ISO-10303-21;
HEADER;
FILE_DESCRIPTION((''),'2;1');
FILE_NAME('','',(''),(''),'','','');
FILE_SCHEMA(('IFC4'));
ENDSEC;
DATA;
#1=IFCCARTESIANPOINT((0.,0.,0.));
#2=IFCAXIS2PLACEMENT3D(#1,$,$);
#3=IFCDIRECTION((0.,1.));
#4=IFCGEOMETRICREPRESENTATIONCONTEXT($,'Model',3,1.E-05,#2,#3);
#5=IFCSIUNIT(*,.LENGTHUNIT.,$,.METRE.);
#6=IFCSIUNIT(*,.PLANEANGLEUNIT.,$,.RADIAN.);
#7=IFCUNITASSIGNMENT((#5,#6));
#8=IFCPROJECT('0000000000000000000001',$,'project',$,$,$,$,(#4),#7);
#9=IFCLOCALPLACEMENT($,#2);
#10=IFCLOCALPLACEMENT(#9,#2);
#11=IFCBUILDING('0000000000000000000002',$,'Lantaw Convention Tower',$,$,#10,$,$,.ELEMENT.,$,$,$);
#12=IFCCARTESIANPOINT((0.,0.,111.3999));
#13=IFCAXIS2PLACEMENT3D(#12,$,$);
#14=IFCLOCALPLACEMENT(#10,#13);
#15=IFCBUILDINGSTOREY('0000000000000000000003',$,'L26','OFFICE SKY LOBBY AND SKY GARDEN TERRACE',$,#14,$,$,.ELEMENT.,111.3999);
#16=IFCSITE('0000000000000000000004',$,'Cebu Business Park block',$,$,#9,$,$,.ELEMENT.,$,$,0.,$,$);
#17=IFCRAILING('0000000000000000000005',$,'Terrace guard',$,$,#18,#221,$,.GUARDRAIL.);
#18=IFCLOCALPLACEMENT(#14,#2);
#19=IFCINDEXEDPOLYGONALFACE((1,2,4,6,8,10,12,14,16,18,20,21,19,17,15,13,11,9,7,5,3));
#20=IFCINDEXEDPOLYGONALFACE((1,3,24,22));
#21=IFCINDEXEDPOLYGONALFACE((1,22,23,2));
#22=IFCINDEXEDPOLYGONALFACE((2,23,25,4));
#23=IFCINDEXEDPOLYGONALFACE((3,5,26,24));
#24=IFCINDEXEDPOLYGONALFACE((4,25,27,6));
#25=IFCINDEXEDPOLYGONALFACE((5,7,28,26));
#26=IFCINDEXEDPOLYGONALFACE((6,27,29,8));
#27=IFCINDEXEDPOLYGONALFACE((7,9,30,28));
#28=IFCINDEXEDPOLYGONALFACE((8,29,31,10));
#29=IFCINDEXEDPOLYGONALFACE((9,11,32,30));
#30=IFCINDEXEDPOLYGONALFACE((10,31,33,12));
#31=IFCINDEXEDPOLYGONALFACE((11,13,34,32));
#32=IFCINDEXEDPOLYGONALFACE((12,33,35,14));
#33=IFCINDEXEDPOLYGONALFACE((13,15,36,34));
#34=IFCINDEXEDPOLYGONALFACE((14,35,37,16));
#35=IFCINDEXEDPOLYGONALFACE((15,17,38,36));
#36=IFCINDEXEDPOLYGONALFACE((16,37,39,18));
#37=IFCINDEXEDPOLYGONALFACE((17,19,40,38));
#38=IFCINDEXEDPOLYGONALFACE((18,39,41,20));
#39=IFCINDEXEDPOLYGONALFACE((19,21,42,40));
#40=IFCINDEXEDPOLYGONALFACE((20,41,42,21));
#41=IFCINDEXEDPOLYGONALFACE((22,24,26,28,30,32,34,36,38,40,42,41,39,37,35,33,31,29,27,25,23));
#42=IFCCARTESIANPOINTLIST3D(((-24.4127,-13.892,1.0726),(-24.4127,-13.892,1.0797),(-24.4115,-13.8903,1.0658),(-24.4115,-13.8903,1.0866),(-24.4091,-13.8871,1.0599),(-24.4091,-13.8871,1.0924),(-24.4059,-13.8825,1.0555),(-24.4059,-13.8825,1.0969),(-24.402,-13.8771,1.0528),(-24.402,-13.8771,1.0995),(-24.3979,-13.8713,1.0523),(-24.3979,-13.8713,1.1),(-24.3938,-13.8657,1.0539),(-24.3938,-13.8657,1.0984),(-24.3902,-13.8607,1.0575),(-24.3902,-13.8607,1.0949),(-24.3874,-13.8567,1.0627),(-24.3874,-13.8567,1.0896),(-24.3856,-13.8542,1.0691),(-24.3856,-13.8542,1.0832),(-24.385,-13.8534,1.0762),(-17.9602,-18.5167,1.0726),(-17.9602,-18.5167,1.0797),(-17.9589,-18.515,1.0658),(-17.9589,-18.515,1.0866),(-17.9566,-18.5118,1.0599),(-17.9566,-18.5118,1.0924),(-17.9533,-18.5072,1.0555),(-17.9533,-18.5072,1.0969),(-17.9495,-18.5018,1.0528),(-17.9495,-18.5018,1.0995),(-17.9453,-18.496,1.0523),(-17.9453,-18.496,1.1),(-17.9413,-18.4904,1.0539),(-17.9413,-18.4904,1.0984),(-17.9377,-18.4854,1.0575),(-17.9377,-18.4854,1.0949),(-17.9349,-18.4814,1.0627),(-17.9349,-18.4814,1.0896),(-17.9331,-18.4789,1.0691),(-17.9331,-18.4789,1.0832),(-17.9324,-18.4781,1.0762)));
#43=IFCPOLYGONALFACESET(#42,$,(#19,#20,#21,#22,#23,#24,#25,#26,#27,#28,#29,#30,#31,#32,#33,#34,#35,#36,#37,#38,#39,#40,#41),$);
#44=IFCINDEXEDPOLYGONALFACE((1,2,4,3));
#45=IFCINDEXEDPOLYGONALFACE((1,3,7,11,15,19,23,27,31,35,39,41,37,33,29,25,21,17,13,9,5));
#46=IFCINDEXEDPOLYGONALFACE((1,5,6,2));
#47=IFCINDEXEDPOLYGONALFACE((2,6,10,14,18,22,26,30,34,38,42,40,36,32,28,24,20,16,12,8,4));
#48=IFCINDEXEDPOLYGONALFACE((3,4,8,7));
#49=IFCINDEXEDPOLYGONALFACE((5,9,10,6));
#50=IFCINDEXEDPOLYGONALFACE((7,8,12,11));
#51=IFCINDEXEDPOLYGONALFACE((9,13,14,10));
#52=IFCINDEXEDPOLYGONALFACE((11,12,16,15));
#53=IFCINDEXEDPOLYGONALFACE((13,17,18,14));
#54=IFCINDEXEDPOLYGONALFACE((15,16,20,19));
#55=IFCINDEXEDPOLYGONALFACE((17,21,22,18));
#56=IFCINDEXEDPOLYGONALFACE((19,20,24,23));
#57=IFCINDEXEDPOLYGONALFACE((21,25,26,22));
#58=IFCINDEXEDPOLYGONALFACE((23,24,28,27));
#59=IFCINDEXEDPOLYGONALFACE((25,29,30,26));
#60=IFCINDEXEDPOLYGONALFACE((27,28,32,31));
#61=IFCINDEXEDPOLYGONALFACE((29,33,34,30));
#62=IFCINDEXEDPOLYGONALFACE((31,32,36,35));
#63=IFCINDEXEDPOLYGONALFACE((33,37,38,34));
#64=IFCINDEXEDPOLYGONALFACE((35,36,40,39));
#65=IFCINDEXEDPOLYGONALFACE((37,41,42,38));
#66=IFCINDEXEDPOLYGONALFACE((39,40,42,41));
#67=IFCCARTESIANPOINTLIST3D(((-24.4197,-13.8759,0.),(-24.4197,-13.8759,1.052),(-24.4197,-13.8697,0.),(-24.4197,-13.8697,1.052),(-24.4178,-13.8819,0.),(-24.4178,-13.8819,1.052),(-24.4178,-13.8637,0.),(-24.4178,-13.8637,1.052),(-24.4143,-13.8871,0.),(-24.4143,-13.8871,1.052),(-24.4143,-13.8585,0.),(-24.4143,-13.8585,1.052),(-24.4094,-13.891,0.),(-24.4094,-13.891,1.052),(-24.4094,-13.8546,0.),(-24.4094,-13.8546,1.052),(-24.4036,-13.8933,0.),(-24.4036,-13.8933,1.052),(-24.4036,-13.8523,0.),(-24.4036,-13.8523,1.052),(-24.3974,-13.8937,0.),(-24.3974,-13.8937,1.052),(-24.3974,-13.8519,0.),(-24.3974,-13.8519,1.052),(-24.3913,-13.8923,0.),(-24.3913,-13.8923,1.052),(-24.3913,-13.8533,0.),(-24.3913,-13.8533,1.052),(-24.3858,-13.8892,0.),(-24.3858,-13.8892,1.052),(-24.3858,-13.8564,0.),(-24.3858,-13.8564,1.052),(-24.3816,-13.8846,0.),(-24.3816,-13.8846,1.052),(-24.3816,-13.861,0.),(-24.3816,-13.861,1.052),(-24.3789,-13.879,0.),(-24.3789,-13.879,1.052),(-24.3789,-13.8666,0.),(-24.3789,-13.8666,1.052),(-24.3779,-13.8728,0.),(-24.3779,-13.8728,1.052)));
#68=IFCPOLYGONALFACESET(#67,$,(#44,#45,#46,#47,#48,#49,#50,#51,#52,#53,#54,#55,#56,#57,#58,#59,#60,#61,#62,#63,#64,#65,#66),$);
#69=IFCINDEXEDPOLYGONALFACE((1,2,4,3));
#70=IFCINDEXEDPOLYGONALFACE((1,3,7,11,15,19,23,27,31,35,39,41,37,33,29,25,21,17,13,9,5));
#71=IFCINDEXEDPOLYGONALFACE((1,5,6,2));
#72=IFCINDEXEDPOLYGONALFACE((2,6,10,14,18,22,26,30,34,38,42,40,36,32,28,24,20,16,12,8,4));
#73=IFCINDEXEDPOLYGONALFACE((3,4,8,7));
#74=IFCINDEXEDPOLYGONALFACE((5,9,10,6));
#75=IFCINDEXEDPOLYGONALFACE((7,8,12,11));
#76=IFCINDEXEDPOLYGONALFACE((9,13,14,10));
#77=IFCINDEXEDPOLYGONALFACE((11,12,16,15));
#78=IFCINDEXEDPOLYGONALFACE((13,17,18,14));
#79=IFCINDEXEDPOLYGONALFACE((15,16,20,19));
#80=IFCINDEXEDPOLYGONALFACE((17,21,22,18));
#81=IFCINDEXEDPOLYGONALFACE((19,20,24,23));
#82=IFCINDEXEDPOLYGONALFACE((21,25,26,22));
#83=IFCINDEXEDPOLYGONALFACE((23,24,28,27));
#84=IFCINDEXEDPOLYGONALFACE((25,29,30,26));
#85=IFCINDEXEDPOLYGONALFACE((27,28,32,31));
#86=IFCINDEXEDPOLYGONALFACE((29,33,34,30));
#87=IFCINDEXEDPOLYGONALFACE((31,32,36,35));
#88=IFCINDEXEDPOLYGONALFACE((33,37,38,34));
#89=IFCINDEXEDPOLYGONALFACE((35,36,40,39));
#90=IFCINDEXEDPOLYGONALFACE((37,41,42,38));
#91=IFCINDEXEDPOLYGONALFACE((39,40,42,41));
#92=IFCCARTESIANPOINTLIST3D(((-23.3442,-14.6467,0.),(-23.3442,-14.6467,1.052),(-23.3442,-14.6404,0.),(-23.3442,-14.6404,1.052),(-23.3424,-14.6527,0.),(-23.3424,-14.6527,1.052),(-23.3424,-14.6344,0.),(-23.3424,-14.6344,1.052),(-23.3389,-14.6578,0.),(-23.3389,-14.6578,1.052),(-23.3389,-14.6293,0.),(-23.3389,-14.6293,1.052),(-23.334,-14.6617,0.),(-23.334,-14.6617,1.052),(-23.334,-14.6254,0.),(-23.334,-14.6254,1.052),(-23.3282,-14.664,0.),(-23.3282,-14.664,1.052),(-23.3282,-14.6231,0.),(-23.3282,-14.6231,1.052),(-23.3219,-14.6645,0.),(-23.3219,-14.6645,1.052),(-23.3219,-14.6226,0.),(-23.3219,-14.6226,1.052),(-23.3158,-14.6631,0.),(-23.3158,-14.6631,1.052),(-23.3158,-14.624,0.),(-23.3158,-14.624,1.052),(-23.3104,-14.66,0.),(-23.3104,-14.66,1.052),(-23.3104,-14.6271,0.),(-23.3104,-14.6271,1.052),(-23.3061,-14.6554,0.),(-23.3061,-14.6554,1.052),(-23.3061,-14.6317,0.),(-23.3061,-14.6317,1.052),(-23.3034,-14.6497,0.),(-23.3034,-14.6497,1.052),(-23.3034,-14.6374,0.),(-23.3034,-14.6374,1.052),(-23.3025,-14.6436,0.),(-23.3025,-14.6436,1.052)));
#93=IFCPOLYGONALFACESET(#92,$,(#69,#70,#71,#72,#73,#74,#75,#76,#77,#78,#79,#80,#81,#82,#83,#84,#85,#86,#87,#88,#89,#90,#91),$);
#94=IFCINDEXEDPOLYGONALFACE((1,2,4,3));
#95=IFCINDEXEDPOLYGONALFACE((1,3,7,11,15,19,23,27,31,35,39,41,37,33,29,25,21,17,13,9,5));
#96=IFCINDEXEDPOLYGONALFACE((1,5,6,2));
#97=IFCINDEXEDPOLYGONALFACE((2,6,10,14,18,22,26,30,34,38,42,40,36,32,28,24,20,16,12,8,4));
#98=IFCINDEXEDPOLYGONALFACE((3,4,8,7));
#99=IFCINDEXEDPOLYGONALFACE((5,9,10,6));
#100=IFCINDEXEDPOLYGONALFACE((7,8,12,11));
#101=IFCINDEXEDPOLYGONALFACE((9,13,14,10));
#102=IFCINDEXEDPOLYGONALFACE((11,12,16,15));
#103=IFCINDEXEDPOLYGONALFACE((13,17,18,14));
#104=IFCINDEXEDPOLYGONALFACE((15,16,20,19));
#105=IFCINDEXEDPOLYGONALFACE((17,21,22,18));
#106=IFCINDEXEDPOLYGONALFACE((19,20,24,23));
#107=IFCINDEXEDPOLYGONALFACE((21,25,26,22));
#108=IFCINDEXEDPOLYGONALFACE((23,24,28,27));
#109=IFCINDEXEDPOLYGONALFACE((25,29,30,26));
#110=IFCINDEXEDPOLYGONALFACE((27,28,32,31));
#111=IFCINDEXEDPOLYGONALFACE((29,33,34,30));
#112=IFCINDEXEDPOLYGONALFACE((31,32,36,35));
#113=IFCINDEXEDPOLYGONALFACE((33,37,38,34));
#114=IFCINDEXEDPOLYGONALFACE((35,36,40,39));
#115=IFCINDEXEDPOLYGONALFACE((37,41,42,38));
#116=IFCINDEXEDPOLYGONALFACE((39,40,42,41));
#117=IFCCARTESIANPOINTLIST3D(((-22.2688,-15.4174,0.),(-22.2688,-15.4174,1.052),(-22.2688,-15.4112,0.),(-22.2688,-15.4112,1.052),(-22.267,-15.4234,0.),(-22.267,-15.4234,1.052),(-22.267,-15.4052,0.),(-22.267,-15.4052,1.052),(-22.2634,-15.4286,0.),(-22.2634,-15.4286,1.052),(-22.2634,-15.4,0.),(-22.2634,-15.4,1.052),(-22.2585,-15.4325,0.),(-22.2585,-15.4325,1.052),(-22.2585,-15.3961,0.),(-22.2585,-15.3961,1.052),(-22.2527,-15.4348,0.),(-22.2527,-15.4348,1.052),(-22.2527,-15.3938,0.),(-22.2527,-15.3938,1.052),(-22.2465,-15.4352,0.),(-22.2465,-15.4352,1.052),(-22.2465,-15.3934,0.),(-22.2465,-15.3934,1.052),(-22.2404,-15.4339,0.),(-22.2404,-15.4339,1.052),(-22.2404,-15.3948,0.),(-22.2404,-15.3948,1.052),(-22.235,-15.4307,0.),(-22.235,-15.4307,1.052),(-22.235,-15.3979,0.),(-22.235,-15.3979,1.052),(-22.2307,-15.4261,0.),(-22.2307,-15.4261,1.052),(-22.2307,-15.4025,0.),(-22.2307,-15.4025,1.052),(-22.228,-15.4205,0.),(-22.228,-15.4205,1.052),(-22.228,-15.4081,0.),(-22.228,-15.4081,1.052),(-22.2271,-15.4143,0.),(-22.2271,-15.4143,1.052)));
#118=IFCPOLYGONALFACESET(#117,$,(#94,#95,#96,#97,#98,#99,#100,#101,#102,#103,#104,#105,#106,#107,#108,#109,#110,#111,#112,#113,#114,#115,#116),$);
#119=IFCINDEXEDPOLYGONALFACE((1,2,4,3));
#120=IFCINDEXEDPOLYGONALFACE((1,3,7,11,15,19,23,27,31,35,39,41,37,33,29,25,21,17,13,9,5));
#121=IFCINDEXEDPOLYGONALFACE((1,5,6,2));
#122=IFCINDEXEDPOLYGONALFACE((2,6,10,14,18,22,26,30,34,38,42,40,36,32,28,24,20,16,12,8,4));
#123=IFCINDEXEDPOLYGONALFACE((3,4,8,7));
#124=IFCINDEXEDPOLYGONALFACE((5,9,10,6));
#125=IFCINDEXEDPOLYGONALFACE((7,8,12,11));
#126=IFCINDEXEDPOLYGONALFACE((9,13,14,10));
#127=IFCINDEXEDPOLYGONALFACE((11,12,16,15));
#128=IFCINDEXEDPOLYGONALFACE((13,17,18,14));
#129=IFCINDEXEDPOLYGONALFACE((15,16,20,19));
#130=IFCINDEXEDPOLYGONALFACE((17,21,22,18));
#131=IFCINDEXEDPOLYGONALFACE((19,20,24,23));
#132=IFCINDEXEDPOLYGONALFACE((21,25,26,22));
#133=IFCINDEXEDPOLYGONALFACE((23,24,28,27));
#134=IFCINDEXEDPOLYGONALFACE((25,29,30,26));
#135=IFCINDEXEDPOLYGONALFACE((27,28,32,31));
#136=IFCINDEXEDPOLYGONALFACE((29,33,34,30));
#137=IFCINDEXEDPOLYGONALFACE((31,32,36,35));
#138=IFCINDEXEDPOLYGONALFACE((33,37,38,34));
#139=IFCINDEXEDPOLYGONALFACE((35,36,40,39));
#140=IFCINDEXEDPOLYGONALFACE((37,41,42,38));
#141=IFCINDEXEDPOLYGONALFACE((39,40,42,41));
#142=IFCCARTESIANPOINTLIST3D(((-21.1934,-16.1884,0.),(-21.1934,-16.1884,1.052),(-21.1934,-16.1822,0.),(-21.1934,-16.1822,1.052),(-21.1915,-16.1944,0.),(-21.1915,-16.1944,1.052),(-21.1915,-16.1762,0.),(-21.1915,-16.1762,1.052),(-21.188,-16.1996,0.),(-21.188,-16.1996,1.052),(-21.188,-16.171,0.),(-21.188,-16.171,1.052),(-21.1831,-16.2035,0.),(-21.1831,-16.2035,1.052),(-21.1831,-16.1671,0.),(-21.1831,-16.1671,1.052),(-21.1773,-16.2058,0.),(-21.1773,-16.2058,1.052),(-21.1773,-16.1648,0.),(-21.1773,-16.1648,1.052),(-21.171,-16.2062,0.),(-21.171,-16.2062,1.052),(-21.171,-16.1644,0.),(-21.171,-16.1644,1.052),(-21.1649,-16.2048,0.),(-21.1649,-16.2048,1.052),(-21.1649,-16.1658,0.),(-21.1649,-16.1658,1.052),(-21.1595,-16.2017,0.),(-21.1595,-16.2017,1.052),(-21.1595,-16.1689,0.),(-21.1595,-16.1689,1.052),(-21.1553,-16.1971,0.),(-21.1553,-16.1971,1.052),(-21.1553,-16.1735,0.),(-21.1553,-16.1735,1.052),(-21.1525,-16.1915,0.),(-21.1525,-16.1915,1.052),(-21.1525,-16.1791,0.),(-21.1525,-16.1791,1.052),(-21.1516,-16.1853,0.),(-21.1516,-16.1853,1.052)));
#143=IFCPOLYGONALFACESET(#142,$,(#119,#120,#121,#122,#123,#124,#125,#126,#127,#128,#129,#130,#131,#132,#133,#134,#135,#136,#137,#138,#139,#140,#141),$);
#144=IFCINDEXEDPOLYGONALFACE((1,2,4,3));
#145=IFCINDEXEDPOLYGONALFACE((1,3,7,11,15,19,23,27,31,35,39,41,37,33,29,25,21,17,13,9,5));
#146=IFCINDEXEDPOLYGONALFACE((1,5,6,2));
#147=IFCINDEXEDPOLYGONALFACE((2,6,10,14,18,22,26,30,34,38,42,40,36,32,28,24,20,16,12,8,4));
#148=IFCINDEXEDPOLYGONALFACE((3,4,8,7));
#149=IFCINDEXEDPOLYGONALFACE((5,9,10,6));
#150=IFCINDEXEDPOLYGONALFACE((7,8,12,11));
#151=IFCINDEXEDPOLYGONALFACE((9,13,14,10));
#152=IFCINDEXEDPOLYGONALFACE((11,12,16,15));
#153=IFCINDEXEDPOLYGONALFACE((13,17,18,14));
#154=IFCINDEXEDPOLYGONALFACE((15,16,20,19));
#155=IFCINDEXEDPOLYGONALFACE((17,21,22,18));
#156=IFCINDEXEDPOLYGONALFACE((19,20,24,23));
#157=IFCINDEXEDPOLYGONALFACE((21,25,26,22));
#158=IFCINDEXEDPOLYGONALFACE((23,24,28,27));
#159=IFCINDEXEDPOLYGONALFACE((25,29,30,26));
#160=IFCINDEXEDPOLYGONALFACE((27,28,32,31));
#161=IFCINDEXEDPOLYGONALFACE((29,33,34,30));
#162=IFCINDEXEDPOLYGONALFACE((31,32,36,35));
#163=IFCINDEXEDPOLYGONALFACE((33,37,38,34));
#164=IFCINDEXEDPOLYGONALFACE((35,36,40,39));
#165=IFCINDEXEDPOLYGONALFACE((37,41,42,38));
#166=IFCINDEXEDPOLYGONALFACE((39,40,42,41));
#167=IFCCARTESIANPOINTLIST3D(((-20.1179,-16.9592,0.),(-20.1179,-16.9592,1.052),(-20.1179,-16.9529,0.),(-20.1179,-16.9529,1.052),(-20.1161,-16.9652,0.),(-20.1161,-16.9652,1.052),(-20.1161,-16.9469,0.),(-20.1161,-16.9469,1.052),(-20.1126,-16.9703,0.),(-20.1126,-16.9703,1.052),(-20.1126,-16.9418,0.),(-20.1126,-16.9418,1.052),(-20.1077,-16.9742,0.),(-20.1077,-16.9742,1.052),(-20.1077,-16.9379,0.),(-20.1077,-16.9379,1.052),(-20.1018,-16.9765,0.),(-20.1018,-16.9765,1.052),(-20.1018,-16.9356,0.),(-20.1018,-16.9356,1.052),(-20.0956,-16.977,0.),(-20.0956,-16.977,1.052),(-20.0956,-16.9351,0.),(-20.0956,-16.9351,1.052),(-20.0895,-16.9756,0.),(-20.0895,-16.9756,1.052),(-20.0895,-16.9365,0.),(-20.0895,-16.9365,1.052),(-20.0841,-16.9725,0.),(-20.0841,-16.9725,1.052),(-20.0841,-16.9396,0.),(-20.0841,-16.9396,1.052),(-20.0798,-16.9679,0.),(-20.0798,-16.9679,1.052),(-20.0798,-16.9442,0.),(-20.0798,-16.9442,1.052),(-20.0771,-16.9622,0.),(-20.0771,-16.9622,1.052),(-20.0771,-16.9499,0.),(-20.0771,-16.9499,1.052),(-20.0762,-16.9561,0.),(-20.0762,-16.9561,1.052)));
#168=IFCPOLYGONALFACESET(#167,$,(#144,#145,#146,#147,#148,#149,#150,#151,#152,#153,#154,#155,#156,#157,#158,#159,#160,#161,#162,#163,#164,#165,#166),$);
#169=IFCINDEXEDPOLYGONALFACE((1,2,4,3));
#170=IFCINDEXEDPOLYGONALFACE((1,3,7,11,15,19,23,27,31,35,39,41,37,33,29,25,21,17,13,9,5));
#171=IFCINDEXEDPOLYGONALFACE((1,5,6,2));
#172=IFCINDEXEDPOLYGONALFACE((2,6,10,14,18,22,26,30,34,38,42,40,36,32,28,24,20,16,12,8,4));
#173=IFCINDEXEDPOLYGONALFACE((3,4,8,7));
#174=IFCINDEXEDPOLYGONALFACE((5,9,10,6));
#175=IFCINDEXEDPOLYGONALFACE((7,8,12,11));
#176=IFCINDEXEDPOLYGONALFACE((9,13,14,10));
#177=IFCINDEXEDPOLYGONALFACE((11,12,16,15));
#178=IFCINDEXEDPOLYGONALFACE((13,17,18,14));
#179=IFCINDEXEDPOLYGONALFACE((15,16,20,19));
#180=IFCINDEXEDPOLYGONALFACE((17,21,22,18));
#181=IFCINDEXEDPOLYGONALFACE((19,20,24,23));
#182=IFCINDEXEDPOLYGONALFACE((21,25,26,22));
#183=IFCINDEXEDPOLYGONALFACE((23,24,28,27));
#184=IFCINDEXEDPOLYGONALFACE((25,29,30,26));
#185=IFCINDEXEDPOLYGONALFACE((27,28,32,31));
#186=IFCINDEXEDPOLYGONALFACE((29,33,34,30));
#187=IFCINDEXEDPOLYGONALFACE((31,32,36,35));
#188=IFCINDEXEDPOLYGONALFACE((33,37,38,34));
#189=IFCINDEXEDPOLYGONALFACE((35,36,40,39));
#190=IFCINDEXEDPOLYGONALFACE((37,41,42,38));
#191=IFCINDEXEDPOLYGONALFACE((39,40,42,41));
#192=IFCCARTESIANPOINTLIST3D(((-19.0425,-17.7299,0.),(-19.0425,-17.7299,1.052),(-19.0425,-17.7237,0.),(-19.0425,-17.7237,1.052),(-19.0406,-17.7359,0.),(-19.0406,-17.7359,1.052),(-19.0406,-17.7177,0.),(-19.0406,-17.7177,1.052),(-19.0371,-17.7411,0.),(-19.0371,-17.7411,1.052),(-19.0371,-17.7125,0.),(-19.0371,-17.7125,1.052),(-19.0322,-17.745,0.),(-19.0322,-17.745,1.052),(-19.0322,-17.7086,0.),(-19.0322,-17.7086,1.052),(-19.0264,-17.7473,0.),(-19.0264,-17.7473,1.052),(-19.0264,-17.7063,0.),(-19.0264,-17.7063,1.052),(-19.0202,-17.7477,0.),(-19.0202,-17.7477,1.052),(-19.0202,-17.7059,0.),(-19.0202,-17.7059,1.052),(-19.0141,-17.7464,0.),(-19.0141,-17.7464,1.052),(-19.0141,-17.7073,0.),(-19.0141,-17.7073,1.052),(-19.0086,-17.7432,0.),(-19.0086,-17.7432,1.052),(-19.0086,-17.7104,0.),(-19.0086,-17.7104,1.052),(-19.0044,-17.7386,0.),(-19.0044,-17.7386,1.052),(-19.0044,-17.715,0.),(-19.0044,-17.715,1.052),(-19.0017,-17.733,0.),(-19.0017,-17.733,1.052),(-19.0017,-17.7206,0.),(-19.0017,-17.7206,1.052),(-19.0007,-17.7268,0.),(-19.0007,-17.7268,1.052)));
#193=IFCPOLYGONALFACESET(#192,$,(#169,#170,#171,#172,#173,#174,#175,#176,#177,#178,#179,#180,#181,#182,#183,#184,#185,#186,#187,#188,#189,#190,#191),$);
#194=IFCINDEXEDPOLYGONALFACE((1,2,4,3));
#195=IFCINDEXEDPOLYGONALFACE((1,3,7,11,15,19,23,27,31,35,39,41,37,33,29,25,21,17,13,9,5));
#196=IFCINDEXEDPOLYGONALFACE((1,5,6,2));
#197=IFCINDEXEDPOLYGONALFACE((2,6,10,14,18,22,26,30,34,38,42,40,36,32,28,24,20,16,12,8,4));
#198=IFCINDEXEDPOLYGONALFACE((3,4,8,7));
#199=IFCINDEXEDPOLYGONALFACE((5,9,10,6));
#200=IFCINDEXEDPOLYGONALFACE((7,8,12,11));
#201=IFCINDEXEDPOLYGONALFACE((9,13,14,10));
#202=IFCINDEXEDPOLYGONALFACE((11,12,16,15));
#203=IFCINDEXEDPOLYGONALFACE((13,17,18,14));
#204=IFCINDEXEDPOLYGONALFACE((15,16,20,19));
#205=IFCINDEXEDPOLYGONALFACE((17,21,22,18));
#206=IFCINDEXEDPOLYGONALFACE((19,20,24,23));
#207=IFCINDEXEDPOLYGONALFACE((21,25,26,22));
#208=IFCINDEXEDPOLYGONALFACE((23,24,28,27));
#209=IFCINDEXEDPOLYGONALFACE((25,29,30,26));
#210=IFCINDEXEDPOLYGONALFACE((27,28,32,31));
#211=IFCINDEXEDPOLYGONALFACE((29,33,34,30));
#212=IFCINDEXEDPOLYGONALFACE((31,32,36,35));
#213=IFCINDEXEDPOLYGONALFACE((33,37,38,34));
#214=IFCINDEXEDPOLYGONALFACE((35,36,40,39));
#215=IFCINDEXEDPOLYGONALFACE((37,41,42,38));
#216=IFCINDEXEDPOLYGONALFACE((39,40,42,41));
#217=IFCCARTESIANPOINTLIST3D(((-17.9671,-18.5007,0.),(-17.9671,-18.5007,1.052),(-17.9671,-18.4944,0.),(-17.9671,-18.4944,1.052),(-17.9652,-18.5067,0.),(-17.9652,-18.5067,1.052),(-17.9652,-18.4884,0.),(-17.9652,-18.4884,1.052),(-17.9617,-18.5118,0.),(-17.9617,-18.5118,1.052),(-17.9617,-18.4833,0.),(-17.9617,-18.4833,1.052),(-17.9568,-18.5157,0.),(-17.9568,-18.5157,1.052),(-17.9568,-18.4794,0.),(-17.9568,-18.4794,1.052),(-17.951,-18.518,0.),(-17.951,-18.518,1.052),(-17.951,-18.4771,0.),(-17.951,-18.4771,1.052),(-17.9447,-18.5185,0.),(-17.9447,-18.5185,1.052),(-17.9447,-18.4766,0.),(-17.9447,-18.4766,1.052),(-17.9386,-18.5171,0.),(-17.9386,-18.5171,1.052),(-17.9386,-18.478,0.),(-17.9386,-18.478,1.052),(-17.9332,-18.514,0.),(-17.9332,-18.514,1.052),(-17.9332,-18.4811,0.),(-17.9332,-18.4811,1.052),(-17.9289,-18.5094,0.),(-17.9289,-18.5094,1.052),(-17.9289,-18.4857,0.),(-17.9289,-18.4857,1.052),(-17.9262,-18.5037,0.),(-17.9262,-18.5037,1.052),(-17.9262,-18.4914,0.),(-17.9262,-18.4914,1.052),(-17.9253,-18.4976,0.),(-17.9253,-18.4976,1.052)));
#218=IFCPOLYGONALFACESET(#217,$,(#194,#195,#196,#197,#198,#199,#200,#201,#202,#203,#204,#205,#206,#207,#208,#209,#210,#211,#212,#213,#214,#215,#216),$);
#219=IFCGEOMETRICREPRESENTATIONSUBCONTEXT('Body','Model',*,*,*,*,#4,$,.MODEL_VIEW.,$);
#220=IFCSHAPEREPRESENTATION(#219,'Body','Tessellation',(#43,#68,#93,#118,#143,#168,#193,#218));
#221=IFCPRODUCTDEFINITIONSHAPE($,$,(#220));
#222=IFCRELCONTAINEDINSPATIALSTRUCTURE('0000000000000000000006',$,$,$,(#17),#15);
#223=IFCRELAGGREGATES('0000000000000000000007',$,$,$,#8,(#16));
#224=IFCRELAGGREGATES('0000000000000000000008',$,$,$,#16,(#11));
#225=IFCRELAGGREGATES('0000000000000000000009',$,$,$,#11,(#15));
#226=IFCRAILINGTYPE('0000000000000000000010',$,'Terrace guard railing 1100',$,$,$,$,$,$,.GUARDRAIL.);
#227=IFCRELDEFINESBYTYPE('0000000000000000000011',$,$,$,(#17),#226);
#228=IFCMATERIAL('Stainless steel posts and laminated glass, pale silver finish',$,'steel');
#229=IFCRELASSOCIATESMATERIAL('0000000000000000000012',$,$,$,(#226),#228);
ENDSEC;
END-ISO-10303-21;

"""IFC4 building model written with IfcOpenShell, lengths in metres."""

from ifc_helpers import new_model, si_unit, direction, frame, origin, origin_2d, place, context, subcontext, project, spatial, circle, extrude, material, type_object, element, save


model = new_model("IFC4")

# Units and contexts
model_context = context("Model", 3, precision=1e-05, world=origin(), true_north=direction((0.0, 1.0)))
body_context = subcontext(model_context, "Body", "Model", "MODEL_VIEW")
ifc_project = project(units=[si_unit("LENGTHUNIT", "METRE"), si_unit("PLANEANGLEUNIT", "RADIAN")], contexts=[model_context])

# Site, building, storey
site_placement = place(None, origin())
site = spatial("IfcSite", under=ifc_project, at=site_placement, Name="Cebu Business Park block", CompositionType="ELEMENT", RefElevation=0.0)
building_placement = place(site_placement, origin())
building = spatial("IfcBuilding", under=site, at=building_placement, Name="Lantaw Convention Tower", CompositionType="ELEMENT")
storey_placement = place(building_placement, frame((0.0, 0.0, 111.3999)))
storey = spatial("IfcBuildingStorey", under=building, at=storey_placement, Name="L26", Description="OFFICE SKY LOBBY AND SKY GARDEN TERRACE", CompositionType="ELEMENT", Elevation=111.3999)

# Railing
ifc_material_1 = material(Name="Stainless steel posts and laminated glass, pale silver finish", Category="steel")
railing_type = type_object("IfcRailingType", Name="Terrace guard railing 1100", PredefinedType="GUARDRAIL", material=ifc_material_1)
railing_1_placement = place(storey_placement, frame((-24.3989, -13.8728, 0.0)))
element("IfcRailing", 1, at=railing_1_placement, inside=storey, type_object=railing_type, Name="Terrace guard", PredefinedType="GUARDRAIL", context=body_context, shape_type="SweptSolid", body=[
    extrude(circle(Radius=0.0239, at=origin_2d()), frame((0.0, 0.0, 1.0762), z_axis=(0.812795, -0.582549, 0.0), x_axis=(0.582549, 0.812795, 0.0)), (0.0, 0.0, 1.0), 7.9387),
    extrude(circle(Radius=0.021, at=origin_2d()), origin(), (0.0, 0.0, 1.0), 1.052),
    extrude(circle(Radius=0.021, at=origin_2d()), frame((1.0754, -0.7708, 0.0)), (0.0, 0.0, 1.0), 1.052),
    extrude(circle(Radius=0.021, at=origin_2d()), frame((2.1509, -1.5415, 0.0)), (0.0, 0.0, 1.0), 1.052),
    extrude(circle(Radius=0.021, at=origin_2d()), frame((3.2263, -2.3125, 0.0)), (0.0, 0.0, 1.0), 1.052),
    extrude(circle(Radius=0.021, at=origin_2d()), frame((4.3018, -3.0833, 0.0)), (0.0, 0.0, 1.0), 1.052),
    extrude(circle(Radius=0.021, at=origin_2d()), frame((5.3772, -3.854, 0.0)), (0.0, 0.0, 1.0), 1.052),
    extrude(circle(Radius=0.021, at=origin_2d()), frame((6.4526, -4.6248, 0.0)), (0.0, 0.0, 1.0), 1.052),
])

save(model, "model.ifc")
